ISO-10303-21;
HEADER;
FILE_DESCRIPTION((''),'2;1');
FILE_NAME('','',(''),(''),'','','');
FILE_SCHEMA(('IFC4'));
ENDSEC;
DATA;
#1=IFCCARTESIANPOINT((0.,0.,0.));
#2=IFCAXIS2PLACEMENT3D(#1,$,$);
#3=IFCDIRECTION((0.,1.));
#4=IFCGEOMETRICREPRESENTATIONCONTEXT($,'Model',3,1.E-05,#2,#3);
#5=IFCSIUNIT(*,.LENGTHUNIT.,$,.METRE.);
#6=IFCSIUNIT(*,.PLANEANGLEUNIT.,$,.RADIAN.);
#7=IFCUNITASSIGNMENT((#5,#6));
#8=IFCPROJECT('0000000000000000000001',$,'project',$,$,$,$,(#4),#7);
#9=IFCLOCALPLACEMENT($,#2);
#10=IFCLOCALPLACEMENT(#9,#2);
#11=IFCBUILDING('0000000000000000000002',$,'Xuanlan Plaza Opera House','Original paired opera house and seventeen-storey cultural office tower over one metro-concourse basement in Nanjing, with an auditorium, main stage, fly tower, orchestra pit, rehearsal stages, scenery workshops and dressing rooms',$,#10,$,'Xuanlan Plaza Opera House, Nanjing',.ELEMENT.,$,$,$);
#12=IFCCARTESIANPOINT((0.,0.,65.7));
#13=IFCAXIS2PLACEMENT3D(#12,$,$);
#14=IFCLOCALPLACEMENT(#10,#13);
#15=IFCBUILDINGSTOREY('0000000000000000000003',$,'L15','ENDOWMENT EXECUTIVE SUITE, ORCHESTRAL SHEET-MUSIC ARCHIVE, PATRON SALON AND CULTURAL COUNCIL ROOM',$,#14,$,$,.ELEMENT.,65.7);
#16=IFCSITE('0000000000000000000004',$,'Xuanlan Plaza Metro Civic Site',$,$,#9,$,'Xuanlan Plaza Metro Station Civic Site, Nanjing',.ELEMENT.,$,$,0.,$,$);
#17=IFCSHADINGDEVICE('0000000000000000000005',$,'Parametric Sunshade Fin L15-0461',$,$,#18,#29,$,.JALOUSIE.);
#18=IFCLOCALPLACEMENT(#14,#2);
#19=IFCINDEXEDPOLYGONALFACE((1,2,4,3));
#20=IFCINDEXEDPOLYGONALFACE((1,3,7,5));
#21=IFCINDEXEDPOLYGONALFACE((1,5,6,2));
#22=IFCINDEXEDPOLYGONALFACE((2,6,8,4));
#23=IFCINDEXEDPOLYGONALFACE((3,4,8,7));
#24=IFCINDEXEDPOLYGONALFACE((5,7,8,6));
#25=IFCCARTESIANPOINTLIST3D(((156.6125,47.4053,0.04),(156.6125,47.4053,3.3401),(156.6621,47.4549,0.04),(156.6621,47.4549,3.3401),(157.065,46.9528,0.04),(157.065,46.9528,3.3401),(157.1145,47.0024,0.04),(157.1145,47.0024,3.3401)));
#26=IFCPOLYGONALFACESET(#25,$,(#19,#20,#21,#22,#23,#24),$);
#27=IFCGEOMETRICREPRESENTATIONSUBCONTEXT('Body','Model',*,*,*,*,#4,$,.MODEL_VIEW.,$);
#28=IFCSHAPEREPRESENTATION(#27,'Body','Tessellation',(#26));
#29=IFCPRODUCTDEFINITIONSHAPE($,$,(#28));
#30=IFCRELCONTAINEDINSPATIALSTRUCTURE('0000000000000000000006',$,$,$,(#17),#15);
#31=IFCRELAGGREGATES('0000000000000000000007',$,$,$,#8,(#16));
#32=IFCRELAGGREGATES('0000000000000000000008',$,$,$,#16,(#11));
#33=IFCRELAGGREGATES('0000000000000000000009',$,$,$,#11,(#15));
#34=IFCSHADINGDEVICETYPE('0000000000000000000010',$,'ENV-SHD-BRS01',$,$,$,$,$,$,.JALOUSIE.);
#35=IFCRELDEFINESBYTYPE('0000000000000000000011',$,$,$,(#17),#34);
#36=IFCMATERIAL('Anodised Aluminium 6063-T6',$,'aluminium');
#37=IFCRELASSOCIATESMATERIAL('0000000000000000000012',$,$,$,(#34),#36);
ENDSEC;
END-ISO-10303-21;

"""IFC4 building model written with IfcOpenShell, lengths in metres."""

from ifc_helpers import new_model, si_unit, direction, frame, origin, origin_2d, place, context, subcontext, project, spatial, rectangle, extrude, material, type_object, element, save


model = new_model("IFC4")

# Units and contexts
model_context = context("Model", 3, precision=1e-05, world=origin(), true_north=direction((0.0, 1.0)))
body_context = subcontext(model_context, "Body", "Model", "MODEL_VIEW")
ifc_project = project(units=[si_unit("LENGTHUNIT", "METRE"), si_unit("PLANEANGLEUNIT", "RADIAN")], contexts=[model_context])

# Site, building, storey
site_placement = place(None, origin())
site = spatial("IfcSite", under=ifc_project, at=site_placement, Name="Xuanlan Plaza Metro Civic Site", LongName="Xuanlan Plaza Metro Station Civic Site, Nanjing", CompositionType="ELEMENT", RefElevation=0.0)
building_placement = place(site_placement, origin())
building = spatial("IfcBuilding", under=site, at=building_placement, Name="Xuanlan Plaza Opera House", Description="Original paired opera house and seventeen-storey cultural office tower over one metro-concourse basement in Nanjing, with an auditorium, main stage, fly tower, orchestra pit, rehearsal stages, scenery workshops and dressing rooms", LongName="Xuanlan Plaza Opera House, Nanjing", CompositionType="ELEMENT")
storey_placement = place(building_placement, frame((0.0, 0.0, 65.7)))
storey = spatial("IfcBuildingStorey", under=building, at=storey_placement, Name="L15", Description="ENDOWMENT EXECUTIVE SUITE, ORCHESTRAL SHEET-MUSIC ARCHIVE, PATRON SALON AND CULTURAL COUNCIL ROOM", CompositionType="ELEMENT", Elevation=65.7)

# Shared definitions
ifc_material_1 = material(Name="Anodised Aluminium 6063-T6", Category="aluminium")

# Shading device
shading_device_type = type_object("IfcShadingDeviceType", Name="ENV-SHD-BRS01", PredefinedType="JALOUSIE", material=ifc_material_1)
for number, where, z_axis, x_axis, name in (
    (1, (156.8635, 47.2039, 0.04), (0.0, 0.0, 1.0), (0.707107, -0.707107, 0.0), "Parametric Sunshade Fin L15-0461"),
):
    element("IfcShadingDevice", number, at=place(storey_placement, frame(where, z_axis=z_axis, x_axis=x_axis)), inside=storey, type_object=shading_device_type, Name=name, PredefinedType="JALOUSIE", context=body_context, shape_type="SweptSolid", body=[
        extrude(rectangle(XDim=0.6399, YDim=0.0701, at=origin_2d()), origin(), (0.0, 0.0, 1.0), 3.3),
    ])

save(model, "model.ifc")
